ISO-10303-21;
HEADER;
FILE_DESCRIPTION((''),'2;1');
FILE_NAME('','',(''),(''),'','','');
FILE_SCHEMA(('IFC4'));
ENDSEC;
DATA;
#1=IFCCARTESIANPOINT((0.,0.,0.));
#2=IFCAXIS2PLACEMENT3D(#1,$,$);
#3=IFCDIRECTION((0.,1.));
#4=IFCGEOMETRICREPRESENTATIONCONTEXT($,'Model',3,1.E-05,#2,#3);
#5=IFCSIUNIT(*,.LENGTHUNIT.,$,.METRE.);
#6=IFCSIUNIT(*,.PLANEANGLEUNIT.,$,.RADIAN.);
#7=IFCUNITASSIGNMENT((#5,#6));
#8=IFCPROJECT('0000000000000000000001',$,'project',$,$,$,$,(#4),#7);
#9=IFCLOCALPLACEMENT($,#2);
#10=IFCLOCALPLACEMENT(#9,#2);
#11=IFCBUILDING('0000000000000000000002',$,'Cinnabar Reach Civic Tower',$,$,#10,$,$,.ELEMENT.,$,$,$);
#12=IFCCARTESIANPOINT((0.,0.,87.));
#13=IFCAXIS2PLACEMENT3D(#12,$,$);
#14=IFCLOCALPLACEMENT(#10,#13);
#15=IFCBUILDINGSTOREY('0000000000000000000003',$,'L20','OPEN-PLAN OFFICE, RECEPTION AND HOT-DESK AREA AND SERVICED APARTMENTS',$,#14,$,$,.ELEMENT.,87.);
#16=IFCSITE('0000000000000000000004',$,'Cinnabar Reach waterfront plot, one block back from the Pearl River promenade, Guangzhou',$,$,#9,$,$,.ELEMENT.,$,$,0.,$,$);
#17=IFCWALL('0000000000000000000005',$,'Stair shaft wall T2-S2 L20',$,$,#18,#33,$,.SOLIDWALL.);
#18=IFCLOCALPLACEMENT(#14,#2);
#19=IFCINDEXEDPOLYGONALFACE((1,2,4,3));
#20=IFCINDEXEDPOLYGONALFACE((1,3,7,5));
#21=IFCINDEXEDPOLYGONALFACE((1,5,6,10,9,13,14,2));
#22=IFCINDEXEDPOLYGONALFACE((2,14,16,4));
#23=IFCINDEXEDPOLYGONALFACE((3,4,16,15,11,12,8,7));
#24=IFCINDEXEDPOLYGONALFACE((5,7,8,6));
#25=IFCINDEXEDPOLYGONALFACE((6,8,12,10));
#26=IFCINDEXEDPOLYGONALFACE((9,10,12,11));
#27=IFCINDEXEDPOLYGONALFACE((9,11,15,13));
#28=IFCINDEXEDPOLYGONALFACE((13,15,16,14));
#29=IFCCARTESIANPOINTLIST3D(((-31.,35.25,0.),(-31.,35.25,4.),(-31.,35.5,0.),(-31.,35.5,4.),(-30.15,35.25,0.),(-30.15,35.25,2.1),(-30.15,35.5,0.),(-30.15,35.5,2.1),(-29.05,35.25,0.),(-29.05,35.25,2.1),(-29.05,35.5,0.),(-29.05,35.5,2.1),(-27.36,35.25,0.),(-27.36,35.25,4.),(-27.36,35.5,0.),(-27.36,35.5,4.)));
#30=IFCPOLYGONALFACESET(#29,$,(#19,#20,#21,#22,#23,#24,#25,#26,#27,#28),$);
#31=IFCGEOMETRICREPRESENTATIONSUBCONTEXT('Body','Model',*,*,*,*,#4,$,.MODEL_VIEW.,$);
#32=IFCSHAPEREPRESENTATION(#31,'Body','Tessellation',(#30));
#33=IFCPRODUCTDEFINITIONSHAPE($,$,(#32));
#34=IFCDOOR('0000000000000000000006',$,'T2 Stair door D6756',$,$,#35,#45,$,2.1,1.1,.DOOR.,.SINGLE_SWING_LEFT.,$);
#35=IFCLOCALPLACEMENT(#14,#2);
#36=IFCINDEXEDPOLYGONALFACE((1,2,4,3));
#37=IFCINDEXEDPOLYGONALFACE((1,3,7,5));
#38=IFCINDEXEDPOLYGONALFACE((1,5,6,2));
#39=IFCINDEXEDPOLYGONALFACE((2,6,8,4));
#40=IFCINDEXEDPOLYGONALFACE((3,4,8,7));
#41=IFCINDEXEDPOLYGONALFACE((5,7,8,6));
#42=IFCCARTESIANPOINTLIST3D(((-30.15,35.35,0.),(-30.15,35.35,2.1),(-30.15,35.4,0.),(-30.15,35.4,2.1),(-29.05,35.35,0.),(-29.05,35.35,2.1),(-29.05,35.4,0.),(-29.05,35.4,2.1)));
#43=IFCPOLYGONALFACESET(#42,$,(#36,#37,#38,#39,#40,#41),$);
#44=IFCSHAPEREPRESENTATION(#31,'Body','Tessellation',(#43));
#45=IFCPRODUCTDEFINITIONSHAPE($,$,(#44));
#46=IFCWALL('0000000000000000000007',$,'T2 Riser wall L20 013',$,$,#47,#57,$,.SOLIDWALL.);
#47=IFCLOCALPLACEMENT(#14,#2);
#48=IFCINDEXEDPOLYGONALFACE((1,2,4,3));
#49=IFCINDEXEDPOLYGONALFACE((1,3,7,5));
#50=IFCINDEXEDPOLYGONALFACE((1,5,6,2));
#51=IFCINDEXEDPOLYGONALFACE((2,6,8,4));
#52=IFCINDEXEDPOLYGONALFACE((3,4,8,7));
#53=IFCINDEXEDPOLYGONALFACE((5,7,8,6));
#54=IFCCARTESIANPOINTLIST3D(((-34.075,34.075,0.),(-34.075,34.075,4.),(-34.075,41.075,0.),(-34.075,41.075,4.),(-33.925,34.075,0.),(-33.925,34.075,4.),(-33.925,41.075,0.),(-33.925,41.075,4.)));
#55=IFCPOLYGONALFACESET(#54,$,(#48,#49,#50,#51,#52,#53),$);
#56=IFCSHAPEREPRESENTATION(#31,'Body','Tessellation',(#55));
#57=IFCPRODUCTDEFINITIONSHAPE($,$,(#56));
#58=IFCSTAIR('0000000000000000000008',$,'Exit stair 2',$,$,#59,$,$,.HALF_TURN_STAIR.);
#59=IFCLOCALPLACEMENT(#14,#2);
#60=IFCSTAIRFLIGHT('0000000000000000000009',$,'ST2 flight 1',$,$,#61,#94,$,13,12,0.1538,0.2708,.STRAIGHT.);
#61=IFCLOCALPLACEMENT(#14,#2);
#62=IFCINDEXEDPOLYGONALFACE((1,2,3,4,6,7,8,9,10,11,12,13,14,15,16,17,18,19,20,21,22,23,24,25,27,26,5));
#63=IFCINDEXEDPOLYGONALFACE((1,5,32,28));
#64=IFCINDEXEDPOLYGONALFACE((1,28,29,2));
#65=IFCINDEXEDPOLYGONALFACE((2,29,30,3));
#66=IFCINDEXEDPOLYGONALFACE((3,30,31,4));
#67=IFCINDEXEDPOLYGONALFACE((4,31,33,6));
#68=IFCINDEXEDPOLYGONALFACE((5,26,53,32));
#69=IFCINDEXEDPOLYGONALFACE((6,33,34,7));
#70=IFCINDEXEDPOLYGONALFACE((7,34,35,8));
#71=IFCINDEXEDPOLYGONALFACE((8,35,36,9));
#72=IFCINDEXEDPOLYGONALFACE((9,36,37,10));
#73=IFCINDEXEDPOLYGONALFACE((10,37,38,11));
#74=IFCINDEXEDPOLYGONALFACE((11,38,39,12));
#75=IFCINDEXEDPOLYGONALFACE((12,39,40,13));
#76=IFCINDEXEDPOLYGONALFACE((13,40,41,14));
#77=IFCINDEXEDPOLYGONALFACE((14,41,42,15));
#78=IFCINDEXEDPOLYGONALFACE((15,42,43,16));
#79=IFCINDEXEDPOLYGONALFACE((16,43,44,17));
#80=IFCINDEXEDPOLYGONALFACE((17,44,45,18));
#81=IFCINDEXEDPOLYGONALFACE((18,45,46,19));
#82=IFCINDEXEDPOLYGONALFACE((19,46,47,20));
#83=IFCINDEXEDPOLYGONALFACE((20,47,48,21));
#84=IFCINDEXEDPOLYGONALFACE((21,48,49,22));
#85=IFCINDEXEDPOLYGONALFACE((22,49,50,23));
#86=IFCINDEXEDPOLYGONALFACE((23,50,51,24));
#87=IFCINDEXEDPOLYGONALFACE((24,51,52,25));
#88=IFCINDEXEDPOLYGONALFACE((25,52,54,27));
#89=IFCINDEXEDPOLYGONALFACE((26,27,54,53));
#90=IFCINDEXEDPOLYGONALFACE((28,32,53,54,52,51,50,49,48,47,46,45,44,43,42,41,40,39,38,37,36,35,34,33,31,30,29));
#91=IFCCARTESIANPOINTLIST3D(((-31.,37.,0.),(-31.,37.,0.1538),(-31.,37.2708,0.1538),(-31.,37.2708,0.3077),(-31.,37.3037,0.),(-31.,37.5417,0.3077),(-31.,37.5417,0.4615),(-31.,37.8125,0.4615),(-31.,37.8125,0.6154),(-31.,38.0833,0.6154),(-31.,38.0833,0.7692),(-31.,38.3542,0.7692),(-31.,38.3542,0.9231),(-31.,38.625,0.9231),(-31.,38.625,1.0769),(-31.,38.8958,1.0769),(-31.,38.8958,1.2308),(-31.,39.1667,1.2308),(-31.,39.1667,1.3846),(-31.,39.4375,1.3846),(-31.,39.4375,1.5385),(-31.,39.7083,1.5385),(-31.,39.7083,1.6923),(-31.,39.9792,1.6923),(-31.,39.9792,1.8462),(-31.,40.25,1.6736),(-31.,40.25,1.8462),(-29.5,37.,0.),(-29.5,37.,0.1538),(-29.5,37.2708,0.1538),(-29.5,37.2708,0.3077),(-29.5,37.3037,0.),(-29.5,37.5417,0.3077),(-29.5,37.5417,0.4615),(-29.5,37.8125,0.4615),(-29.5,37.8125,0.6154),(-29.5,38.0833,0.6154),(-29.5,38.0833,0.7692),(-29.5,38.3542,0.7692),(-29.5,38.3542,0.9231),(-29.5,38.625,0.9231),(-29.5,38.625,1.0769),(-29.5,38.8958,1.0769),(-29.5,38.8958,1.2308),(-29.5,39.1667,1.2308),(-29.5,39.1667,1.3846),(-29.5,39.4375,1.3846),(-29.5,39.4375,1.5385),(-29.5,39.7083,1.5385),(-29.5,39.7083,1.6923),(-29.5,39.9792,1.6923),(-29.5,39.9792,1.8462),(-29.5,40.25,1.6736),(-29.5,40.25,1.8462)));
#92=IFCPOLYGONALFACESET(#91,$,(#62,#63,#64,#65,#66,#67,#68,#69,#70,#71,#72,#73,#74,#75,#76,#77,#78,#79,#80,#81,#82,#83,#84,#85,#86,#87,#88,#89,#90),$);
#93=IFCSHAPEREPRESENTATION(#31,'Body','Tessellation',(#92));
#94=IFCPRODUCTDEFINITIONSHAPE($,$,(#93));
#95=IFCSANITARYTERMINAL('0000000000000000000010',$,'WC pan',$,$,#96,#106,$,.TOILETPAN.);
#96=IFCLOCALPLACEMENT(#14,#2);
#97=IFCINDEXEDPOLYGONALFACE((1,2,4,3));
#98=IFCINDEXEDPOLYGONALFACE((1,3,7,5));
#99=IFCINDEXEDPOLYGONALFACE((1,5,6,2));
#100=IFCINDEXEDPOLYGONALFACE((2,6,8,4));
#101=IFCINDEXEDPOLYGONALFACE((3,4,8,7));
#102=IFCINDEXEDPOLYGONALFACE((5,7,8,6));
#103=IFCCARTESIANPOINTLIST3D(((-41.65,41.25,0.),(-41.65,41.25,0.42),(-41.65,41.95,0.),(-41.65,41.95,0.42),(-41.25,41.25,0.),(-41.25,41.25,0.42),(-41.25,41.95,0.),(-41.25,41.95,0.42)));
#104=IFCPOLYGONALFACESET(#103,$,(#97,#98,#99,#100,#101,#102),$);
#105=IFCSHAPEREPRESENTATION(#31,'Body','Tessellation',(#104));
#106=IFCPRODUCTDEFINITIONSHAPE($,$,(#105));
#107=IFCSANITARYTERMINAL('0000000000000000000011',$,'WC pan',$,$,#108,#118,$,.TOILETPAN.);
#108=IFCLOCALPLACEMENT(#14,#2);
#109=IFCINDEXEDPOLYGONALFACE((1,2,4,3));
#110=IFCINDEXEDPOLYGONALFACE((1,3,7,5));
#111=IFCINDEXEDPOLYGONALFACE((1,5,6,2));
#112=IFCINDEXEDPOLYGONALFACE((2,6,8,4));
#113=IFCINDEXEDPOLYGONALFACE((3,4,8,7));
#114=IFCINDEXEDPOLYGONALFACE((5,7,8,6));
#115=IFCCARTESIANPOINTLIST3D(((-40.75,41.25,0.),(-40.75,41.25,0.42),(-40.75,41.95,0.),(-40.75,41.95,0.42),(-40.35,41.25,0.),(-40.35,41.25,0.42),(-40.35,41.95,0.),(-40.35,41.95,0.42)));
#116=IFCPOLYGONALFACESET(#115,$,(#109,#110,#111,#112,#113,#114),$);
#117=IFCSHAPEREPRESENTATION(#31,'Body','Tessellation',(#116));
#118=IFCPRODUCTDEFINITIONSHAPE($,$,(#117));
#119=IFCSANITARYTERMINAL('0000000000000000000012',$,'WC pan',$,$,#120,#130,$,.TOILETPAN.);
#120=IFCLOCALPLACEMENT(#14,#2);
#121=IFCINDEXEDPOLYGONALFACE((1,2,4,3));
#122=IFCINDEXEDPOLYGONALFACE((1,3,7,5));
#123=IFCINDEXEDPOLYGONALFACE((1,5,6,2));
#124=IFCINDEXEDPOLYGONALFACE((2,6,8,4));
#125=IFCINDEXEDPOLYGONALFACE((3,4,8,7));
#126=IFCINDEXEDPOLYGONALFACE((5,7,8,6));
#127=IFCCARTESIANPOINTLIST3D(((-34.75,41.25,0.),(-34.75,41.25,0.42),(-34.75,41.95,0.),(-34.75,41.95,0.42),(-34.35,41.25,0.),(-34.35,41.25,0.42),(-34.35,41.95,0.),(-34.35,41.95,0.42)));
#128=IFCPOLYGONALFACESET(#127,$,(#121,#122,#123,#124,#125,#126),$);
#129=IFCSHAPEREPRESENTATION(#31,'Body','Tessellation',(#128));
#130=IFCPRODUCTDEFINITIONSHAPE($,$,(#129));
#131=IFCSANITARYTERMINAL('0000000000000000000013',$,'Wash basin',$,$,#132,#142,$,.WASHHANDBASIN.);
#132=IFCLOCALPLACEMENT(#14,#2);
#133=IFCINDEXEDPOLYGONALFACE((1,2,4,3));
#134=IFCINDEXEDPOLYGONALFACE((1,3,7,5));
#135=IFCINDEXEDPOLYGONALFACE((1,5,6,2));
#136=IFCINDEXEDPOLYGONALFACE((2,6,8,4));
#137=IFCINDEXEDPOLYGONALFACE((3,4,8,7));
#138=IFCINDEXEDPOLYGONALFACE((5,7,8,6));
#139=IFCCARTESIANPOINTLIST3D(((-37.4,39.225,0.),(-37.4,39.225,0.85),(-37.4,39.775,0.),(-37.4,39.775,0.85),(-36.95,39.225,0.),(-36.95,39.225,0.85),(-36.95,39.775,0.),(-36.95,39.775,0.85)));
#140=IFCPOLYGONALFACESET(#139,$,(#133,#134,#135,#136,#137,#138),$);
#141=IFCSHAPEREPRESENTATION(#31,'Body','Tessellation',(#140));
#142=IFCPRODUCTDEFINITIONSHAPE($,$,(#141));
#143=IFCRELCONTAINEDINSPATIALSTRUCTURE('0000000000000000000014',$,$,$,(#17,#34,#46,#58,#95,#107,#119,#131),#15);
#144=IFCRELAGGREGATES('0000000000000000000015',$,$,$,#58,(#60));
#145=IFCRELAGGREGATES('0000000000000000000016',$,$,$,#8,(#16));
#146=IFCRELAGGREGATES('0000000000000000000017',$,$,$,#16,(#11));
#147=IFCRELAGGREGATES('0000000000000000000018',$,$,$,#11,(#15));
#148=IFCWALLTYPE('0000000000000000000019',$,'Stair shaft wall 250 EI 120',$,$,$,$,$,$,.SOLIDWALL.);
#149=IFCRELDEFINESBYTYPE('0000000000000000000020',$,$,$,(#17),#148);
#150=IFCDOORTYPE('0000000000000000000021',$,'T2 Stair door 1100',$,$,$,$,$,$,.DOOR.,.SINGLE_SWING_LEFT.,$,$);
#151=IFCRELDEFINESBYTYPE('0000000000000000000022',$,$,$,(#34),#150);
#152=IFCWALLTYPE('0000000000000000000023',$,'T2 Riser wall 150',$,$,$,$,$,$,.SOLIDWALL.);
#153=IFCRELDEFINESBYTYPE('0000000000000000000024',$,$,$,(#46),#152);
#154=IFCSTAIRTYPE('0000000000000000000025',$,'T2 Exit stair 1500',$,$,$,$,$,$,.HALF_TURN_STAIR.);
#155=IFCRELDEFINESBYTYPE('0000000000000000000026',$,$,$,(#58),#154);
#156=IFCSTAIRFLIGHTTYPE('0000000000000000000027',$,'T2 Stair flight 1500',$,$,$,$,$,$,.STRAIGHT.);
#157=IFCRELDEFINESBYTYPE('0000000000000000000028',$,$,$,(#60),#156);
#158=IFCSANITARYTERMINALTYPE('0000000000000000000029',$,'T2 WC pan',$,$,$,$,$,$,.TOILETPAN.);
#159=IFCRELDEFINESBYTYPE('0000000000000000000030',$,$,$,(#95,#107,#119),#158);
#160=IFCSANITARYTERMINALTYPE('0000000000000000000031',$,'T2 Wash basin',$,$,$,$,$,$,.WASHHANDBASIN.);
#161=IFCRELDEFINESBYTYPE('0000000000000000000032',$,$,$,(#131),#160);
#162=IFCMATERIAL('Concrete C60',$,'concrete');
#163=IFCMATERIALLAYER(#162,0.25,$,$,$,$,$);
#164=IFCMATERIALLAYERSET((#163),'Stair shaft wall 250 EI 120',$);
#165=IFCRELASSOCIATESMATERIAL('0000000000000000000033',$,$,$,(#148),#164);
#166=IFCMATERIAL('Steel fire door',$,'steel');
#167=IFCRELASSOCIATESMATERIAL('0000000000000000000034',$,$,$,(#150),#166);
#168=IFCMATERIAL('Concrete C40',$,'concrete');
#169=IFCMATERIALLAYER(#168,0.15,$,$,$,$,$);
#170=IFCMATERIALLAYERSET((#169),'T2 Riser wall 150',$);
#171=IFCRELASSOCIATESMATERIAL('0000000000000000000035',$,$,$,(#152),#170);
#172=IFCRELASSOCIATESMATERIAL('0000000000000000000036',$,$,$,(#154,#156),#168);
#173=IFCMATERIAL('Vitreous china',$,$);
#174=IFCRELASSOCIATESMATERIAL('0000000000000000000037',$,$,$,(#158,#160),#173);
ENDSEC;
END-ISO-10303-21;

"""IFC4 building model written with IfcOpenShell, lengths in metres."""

from ifc_helpers import new_model, si_unit, direction, frame, frame_2d, origin, origin_2d, place, context, subcontext, project, spatial, polyline, rectangle, outline, extrude, material, layer, layer_set, type_object, element, fill, aggregate, save


model = new_model("IFC4")

# Units and contexts
model_context = context("Model", 3, precision=1e-05, world=origin(), true_north=direction((0.0, 1.0)))
body_context = subcontext(model_context, "Body", "Model", "MODEL_VIEW")
ifc_project = project(units=[si_unit("LENGTHUNIT", "METRE"), si_unit("PLANEANGLEUNIT", "RADIAN")], contexts=[model_context])

# Site, building, storey
site_placement = place(None, origin())
site = spatial("IfcSite", under=ifc_project, at=site_placement, Name="Cinnabar Reach waterfront plot, one block back from the Pearl River promenade, Guangzhou", CompositionType="ELEMENT", RefElevation=0.0)
building_placement = place(site_placement, origin())
building = spatial("IfcBuilding", under=site, at=building_placement, Name="Cinnabar Reach Civic Tower", CompositionType="ELEMENT")
storey_placement = place(building_placement, frame((0.0, 0.0, 87.0)))
storey = spatial("IfcBuildingStorey", under=building, at=storey_placement, Name="L20", Description="OPEN-PLAN OFFICE, RECEPTION AND HOT-DESK AREA AND SERVICED APARTMENTS", CompositionType="ELEMENT", Elevation=87.0)

# Shared definitions
ifc_material_1 = material(Name="Concrete C60", Category="concrete")

# Wall, opening, door
ifc_layer_1 = layer(ifc_material_1, 0.25)
ifc_layer_set_1 = layer_set([ifc_layer_1], Name="Stair shaft wall 250 EI 120")
wall_type_1 = type_object("IfcWallType", Name="Stair shaft wall 250 EI 120", PredefinedType="SOLIDWALL", material=ifc_layer_set_1)
wall_1_placement = place(storey_placement, frame((-31.0, 35.375, 0.0), z_axis=(0.0, 0.0, 1.0), x_axis=(1.0, 0.0, 0.0)))
wall_1 = element("IfcWall", 1, at=wall_1_placement, inside=storey, type_object=wall_type_1, Name="Stair shaft wall T2-S2 L20", PredefinedType="SOLIDWALL", context=body_context, shape_type="SweptSolid", body=[
    extrude(rectangle(XDim=3.64, YDim=0.25, at=frame_2d((1.82, 0.0))), origin(), (0.0, 0.0, 1.0), 4.0),
])
opening_1_placement = place(wall_1_placement, frame((0.85, 0.0, 0.0)))
opening_1 = element("IfcOpeningElement", 2, at=opening_1_placement, cuts=wall_1, PredefinedType="OPENING", context=body_context, shape_type="SweptSolid", body=[
    extrude(rectangle(XDim=1.1, YDim=2.1, at=frame_2d((0.55, 1.05))), frame((0.0, 0.135, 0.0), z_axis=(0.0, -1.0, 0.0), x_axis=(1.0, 0.0, 0.0)), (0.0, 0.0, 1.0), 0.27),
])
ifc_material_2 = material(Name="Steel fire door", Category="steel")
door_type = type_object("IfcDoorType", Name="T2 Stair door 1100", OperationType="SINGLE_SWING_LEFT", PredefinedType="DOOR", material=ifc_material_2)
door_placement = place(opening_1_placement, origin())
door = element("IfcDoor", 3, at=door_placement, inside=storey, type_object=door_type, Name="T2 Stair door D6756", OperationType="SINGLE_SWING_LEFT", OverallHeight=2.1, OverallWidth=1.1, PredefinedType="DOOR", context=body_context, shape_type="SweptSolid", body=[
    extrude(rectangle(XDim=1.1, YDim=2.1, at=frame_2d((0.55, 1.05))), frame((0.0, 0.025, 0.0), z_axis=(0.0, -1.0, 0.0), x_axis=(1.0, 0.0, 0.0)), (0.0, 0.0, 1.0), 0.05),
])
fill(opening_1, door)

# Wall
ifc_material_3 = material(Name="Concrete C40", Category="concrete")
ifc_layer_2 = layer(ifc_material_3, 0.15)
ifc_layer_set_2 = layer_set([ifc_layer_2], Name="T2 Riser wall 150")
wall_type_2 = type_object("IfcWallType", Name="T2 Riser wall 150", PredefinedType="SOLIDWALL", material=ifc_layer_set_2)
wall_2_placement = place(storey_placement, frame((-34.0, 41.075, 0.0), z_axis=(0.0, 0.0, 1.0), x_axis=(0.0, -1.0, 0.0)))
element("IfcWall", 4, at=wall_2_placement, inside=storey, type_object=wall_type_2, Name="T2 Riser wall L20 013", PredefinedType="SOLIDWALL", context=body_context, shape_type="SweptSolid", body=[
    extrude(rectangle(XDim=7.0, YDim=0.15, at=frame_2d((3.5, 0.0))), origin(), (0.0, 0.0, 1.0), 4.0),
])

# Stair, stair flight
stair_type = type_object("IfcStairType", Name="T2 Exit stair 1500", PredefinedType="HALF_TURN_STAIR", material=ifc_material_3)
stair_placement = place(storey_placement, origin())
stair = element("IfcStair", 5, at=stair_placement, inside=storey, type_object=stair_type, Name="Exit stair 2", PredefinedType="HALF_TURN_STAIR")
stair_flight_type = type_object("IfcStairFlightType", Name="T2 Stair flight 1500", PredefinedType="STRAIGHT", material=ifc_material_3)
stair_flight_placement = place(storey_placement, frame((-30.25, 37.0, 0.0), z_axis=(0.0, 0.0, 1.0), x_axis=(0.0, 1.0, 0.0)))
stair_flight = element("IfcStairFlight", 6, at=stair_flight_placement, type_object=stair_flight_type, Name="ST2 flight 1", NumberOfRisers=13, NumberOfTreads=12, PredefinedType="STRAIGHT", RiserHeight=0.1538, TreadLength=0.2708, context=body_context, shape_type="SweptSolid", body=[
    extrude(outline(polyline([(0.0, 0.0), (0.0, 0.1538), (0.2708, 0.1538), (0.2708, 0.3077), (0.5417, 0.3077), (0.5417, 0.4615), (0.8125, 0.4615), (0.8125, 0.6154), (1.0833, 0.6154), (1.0833, 0.7692), (1.3542, 0.7692), (1.3542, 0.9231), (1.625, 0.9231), (1.625, 1.0769), (1.8958, 1.0769), (1.8958, 1.2308), (2.1667, 1.2308), (2.1667, 1.3846), (2.4375, 1.3846), (2.4375, 1.5385), (2.7083, 1.5385), (2.7083, 1.6923), (2.9792, 1.6923), (2.9792, 1.8462), (3.25, 1.8462), (3.25, 2.0), (3.25, 1.6736), (0.3037, 0.0), (0.0, 0.0)])), frame((0.0, 0.75, 0.0), z_axis=(0.0, -1.0, 0.0), x_axis=(1.0, 0.0, 0.0)), (0.0, 0.0, 1.0), 1.5),
])
aggregate(stair, [stair_flight])

# Sanitary terminals
ifc_material_4 = material(Name="Vitreous china")
sanitary_terminal_type_1 = type_object("IfcSanitaryTerminalType", Name="T2 WC pan", PredefinedType="TOILETPAN", material=ifc_material_4)
for number, where, z_axis, x_axis, name in (
    (7, (-41.45, 41.6, 0.0), (0.0, 0.0, 1.0), (1.0, 0.0, 0.0), "WC pan"),
    (8, (-40.55, 41.6, 0.0), (0.0, 0.0, 1.0), (1.0, 0.0, 0.0), "WC pan"),
    (9, (-34.55, 41.6, 0.0), (0.0, 0.0, 1.0), (1.0, 0.0, 0.0), "WC pan"),
):
    element("IfcSanitaryTerminal", number, at=place(storey_placement, frame(where, z_axis=z_axis, x_axis=x_axis)), inside=storey, type_object=sanitary_terminal_type_1, Name=name, PredefinedType="TOILETPAN", context=body_context, shape_type="SweptSolid", body=[
        extrude(rectangle(XDim=0.4, YDim=0.7, at=origin_2d()), origin(), (0.0, 0.0, 1.0), 0.42),
    ])
sanitary_terminal_type_2 = type_object("IfcSanitaryTerminalType", Name="T2 Wash basin", PredefinedType="WASHHANDBASIN", material=ifc_material_4)
sanitary_terminal_placement = place(storey_placement, frame((-37.175, 39.5, 0.0), z_axis=(0.0, 0.0, 1.0), x_axis=(1.0, 0.0, 0.0)))
element("IfcSanitaryTerminal", 10, at=sanitary_terminal_placement, inside=storey, type_object=sanitary_terminal_type_2, Name="Wash basin", PredefinedType="WASHHANDBASIN", context=body_context, shape_type="SweptSolid", body=[
    extrude(rectangle(XDim=0.45, YDim=0.55, at=origin_2d()), origin(), (0.0, 0.0, 1.0), 0.85),
])

save(model, "model.ifc")
